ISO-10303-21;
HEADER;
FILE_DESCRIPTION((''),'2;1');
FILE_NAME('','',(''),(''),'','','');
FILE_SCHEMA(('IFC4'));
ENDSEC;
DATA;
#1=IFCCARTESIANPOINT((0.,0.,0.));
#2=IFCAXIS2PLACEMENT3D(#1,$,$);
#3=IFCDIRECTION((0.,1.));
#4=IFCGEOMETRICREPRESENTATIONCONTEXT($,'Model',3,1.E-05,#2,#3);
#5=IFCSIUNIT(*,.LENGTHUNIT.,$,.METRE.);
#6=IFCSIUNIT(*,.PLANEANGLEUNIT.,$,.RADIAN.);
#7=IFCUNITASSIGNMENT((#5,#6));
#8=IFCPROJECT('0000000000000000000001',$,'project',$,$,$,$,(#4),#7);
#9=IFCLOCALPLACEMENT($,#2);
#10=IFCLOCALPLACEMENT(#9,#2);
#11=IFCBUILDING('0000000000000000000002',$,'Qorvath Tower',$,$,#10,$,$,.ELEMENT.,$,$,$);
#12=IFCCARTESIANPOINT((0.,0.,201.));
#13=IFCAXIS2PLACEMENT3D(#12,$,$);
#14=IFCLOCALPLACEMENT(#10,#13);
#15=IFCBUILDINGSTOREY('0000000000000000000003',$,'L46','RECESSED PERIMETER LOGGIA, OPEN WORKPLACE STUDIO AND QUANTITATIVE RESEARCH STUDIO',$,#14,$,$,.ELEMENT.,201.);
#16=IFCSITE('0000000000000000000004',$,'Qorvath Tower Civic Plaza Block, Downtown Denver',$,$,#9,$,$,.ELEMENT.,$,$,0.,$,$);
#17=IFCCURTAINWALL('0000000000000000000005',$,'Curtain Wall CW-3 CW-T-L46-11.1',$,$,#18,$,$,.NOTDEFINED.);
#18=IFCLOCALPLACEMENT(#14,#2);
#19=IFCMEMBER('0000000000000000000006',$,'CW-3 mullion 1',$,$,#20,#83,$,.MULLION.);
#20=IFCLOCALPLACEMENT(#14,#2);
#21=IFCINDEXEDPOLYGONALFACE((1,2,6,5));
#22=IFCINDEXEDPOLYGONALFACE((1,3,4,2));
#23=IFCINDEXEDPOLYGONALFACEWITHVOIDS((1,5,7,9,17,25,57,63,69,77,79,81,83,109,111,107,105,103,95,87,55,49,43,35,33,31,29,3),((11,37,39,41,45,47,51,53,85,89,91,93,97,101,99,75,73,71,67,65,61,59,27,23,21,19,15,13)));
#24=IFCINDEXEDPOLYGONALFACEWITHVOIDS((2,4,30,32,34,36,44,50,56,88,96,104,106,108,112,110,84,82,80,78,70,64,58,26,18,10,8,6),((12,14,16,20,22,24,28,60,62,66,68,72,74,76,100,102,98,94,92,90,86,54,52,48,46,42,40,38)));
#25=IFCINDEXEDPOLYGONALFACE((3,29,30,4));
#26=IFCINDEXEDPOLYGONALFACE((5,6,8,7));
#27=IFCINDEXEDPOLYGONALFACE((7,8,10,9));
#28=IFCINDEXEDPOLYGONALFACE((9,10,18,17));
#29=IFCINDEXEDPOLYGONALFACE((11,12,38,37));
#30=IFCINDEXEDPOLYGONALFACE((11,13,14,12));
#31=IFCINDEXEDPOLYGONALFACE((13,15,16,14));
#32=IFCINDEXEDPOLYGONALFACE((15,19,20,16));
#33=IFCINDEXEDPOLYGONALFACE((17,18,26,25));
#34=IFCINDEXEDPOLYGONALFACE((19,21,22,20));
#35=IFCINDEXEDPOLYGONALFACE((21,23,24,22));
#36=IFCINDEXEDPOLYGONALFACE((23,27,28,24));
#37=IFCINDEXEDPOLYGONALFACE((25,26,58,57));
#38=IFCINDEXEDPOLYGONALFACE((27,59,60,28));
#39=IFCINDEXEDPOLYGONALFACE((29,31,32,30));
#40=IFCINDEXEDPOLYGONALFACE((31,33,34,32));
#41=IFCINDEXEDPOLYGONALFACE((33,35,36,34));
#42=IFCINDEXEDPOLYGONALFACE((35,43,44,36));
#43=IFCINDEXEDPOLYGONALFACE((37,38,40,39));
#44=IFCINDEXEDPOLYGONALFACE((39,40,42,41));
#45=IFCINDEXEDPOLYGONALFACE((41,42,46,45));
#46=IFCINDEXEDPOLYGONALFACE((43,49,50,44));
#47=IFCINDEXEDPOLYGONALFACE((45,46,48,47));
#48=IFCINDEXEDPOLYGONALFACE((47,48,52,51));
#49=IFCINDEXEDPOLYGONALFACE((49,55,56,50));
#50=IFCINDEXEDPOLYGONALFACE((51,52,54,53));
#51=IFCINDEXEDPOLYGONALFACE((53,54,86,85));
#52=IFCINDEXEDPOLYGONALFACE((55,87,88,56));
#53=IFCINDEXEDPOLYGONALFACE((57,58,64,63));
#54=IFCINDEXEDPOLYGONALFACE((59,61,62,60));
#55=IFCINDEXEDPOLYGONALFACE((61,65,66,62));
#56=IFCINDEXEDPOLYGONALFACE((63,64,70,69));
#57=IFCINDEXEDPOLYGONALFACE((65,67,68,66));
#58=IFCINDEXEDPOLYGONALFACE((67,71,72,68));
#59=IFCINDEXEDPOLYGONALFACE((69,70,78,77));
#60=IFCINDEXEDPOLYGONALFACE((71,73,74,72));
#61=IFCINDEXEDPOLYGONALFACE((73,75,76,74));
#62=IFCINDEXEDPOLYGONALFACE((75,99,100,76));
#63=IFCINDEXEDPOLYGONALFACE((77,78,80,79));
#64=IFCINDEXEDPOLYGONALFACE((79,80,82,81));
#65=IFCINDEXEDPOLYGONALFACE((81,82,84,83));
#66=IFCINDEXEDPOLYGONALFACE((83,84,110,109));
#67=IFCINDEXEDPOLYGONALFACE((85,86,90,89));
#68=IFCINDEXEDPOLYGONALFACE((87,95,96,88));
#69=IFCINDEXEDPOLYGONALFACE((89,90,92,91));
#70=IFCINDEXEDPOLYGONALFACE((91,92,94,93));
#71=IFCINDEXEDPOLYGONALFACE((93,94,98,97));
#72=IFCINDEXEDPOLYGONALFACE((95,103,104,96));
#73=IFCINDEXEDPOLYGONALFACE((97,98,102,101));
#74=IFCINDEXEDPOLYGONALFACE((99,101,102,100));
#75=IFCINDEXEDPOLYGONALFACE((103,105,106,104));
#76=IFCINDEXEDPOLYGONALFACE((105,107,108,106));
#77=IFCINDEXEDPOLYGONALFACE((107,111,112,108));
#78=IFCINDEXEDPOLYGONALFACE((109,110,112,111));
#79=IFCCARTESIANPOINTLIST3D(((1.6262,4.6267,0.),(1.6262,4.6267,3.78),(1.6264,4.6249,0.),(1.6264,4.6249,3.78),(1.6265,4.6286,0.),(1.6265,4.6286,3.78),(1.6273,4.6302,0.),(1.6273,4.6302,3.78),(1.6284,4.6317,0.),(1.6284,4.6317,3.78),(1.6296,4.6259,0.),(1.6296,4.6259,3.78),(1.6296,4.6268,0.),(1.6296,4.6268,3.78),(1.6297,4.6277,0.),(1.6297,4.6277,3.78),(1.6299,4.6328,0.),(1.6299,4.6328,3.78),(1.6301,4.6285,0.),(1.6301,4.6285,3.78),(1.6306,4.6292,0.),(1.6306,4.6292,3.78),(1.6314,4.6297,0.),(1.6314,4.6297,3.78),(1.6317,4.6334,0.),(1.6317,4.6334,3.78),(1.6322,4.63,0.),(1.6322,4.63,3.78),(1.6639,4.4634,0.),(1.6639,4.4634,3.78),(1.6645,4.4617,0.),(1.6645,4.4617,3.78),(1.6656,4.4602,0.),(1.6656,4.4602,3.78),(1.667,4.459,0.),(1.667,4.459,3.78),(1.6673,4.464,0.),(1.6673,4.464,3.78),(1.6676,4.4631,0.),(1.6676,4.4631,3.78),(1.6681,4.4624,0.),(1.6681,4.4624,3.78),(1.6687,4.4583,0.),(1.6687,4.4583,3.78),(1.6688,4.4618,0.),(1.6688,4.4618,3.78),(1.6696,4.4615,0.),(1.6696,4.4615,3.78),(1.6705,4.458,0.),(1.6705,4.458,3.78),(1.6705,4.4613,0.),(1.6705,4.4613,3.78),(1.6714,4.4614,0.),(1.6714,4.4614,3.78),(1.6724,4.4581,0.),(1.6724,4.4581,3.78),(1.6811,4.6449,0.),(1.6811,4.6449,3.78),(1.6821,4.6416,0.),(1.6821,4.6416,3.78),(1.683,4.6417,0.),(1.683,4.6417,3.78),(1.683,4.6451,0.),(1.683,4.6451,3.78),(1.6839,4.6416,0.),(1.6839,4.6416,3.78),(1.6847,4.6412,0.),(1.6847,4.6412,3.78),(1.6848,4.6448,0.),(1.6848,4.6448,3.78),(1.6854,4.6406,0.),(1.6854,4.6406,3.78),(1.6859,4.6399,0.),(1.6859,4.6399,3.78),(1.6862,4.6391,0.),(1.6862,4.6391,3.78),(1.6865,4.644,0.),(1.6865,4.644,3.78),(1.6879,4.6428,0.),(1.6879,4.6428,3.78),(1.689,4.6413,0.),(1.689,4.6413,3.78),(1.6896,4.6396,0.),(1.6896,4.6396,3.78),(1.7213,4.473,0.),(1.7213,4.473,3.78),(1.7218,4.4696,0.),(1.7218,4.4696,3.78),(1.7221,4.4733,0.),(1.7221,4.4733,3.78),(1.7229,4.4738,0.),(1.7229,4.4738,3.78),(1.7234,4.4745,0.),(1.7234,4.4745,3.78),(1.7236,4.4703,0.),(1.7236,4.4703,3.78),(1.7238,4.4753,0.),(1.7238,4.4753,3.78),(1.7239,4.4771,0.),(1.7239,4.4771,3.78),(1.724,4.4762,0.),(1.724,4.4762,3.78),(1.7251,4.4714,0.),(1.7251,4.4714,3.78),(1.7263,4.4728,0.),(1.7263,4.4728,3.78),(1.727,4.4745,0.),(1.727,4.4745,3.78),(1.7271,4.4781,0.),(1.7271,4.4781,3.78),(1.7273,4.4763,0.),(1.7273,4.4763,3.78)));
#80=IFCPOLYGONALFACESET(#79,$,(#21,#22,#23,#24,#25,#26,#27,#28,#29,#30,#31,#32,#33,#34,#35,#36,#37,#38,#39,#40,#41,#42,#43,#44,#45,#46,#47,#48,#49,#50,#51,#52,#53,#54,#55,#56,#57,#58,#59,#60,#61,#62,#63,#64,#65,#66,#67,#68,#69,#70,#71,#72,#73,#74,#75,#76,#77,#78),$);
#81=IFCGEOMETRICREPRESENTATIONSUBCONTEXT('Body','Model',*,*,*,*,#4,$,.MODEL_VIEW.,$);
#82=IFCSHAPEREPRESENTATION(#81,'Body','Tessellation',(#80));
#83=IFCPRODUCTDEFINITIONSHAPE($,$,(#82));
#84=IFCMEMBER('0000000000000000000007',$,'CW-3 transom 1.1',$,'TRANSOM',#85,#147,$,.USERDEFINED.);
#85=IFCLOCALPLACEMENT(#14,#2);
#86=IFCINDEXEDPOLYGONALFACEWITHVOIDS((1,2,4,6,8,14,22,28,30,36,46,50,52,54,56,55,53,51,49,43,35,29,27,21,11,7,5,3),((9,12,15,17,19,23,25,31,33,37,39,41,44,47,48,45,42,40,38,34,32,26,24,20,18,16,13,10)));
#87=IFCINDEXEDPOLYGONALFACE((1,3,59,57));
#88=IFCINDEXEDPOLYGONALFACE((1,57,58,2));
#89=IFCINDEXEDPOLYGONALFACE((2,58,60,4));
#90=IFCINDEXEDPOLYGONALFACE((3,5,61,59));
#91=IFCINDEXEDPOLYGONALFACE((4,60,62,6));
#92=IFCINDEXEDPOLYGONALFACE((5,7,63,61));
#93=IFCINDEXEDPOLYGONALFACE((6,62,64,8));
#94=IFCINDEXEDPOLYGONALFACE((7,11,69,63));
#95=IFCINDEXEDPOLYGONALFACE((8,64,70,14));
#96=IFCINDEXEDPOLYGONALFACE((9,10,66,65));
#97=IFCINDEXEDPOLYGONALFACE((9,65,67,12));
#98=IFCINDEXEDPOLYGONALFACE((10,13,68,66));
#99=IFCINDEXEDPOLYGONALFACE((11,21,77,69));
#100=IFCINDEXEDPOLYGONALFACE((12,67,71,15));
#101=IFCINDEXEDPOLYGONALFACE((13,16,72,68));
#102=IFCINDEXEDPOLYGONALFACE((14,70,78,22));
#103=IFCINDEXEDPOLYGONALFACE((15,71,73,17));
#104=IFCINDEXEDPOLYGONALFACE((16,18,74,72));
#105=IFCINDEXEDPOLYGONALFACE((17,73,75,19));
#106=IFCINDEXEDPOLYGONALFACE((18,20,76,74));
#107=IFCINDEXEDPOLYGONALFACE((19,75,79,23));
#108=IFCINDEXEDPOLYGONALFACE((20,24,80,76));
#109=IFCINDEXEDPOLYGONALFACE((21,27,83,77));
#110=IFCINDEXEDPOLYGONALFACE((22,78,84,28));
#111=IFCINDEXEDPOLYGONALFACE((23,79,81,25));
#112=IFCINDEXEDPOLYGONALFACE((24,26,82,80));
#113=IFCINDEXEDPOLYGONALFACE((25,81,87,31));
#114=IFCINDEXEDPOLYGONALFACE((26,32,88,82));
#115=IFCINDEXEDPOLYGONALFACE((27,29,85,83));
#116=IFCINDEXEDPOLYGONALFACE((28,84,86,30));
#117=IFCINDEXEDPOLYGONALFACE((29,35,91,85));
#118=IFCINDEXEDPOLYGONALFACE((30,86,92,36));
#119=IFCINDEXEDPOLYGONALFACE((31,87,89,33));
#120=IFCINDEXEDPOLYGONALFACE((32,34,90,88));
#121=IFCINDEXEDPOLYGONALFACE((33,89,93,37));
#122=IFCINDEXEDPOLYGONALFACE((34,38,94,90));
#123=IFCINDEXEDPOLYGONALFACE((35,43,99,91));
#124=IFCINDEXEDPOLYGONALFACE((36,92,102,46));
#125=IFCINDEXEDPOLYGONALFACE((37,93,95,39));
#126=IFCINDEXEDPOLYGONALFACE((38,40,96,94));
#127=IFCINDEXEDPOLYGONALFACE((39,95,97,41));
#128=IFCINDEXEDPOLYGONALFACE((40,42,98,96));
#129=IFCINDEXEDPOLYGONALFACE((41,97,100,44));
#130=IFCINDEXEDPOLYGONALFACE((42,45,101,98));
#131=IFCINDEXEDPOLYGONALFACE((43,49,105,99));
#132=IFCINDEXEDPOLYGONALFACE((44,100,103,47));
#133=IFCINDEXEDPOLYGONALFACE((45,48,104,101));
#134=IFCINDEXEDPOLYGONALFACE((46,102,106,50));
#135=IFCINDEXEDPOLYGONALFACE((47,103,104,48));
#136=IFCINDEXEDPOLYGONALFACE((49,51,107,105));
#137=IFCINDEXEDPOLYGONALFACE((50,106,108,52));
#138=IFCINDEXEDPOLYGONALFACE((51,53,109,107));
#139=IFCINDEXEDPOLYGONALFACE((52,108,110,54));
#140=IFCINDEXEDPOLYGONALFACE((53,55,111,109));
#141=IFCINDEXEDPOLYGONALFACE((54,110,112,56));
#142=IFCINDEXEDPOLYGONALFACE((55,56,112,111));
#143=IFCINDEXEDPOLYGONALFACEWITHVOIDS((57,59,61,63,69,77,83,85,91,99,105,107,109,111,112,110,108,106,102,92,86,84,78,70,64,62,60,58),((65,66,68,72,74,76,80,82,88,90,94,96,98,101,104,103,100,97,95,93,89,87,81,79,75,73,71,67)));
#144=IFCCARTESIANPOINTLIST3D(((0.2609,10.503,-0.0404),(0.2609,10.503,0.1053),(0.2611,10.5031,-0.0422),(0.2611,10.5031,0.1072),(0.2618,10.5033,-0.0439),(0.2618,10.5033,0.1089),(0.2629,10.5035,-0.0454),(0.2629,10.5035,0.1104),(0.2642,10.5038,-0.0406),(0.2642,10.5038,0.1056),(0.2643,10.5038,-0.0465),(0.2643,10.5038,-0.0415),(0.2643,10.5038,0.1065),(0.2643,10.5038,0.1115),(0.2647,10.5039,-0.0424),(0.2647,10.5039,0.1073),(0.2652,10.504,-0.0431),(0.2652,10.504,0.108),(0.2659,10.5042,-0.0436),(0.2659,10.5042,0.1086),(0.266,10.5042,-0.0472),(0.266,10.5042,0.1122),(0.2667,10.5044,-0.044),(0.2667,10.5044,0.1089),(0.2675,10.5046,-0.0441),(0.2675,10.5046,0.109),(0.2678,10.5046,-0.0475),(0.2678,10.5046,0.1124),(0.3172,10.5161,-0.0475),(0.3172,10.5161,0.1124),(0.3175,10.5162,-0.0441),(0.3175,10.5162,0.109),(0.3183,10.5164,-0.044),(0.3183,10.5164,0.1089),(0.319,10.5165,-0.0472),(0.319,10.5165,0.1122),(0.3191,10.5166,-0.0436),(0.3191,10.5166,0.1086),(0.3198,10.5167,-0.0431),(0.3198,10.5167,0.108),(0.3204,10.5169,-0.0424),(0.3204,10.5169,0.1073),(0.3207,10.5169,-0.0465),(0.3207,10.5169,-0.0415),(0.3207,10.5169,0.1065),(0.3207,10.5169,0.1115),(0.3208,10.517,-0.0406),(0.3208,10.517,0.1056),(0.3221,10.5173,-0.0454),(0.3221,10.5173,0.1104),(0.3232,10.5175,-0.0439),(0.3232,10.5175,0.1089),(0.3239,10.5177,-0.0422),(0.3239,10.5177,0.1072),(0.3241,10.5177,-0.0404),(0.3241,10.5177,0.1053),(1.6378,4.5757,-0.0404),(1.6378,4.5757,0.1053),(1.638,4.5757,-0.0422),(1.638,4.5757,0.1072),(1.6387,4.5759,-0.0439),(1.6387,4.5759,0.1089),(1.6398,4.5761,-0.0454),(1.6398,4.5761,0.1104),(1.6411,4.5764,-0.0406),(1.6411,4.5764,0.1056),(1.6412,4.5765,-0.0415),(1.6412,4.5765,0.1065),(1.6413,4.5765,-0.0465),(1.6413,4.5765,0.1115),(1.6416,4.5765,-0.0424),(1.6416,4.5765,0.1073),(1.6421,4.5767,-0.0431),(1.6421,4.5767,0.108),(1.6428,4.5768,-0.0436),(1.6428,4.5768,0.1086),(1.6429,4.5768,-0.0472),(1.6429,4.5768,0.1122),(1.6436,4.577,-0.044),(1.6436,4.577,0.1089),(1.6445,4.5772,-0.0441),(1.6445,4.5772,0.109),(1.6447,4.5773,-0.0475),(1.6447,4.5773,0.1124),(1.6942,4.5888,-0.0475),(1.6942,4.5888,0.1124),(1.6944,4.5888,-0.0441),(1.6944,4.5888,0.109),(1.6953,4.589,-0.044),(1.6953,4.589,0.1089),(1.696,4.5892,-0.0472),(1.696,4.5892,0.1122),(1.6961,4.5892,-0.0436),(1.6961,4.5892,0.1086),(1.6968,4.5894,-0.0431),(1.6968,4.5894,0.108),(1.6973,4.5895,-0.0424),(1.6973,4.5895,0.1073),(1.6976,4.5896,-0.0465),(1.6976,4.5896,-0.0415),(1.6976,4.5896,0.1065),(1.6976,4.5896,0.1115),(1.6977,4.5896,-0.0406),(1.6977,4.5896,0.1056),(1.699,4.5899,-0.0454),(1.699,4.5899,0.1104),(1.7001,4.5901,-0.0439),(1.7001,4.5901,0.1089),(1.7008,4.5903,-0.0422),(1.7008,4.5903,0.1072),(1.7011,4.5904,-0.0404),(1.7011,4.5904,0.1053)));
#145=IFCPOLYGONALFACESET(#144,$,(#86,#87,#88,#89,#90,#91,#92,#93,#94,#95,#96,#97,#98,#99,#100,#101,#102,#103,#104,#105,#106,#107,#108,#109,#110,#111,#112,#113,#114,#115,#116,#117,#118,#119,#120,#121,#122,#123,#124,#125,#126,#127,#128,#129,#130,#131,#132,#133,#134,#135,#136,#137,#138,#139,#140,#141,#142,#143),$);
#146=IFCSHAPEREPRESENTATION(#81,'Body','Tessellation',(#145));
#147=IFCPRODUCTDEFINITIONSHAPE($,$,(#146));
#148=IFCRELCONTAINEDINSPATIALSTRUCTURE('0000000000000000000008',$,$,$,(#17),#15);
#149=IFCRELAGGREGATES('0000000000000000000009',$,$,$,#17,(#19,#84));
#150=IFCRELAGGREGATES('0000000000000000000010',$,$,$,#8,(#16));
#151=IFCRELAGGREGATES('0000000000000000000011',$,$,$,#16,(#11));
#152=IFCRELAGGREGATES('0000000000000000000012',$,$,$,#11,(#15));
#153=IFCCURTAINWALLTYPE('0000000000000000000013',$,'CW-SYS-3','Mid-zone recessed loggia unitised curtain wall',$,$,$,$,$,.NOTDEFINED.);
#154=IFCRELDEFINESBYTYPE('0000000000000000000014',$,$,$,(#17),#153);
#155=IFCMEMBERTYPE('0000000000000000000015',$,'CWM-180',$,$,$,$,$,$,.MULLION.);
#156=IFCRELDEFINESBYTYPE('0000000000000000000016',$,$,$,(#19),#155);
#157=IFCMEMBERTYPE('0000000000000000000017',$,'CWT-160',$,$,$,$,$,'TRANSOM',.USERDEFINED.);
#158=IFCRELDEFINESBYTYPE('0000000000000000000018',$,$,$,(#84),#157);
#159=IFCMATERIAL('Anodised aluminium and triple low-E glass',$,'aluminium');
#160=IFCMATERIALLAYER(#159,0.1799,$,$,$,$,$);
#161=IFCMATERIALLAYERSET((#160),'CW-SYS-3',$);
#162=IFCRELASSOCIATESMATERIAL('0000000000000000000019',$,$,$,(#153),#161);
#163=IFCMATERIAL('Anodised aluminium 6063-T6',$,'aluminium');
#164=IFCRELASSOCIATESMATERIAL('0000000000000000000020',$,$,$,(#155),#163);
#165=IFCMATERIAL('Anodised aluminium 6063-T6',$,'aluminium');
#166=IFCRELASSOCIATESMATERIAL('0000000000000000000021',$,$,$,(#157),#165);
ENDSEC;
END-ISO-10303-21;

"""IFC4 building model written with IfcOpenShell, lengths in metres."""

from ifc_helpers import new_model, si_unit, direction, frame, origin, origin_2d, place, context, subcontext, project, spatial, hollow_rectangle, extrude, material, layer, layer_set, material_profile, profile_set, type_object, element, aggregate, save


model = new_model("IFC4")

# Units and contexts
model_context = context("Model", 3, precision=1e-05, world=origin(), true_north=direction((0.0, 1.0)))
body_context = subcontext(model_context, "Body", "Model", "MODEL_VIEW")
ifc_project = project(units=[si_unit("LENGTHUNIT", "METRE"), si_unit("PLANEANGLEUNIT", "RADIAN")], contexts=[model_context])

# Site, building, storey
site_placement = place(None, origin())
site = spatial("IfcSite", under=ifc_project, at=site_placement, Name="Qorvath Tower Civic Plaza Block, Downtown Denver", CompositionType="ELEMENT", RefElevation=0.0)
building_placement = place(site_placement, origin())
building = spatial("IfcBuilding", under=site, at=building_placement, Name="Qorvath Tower", CompositionType="ELEMENT")
storey_placement = place(building_placement, frame((0.0, 0.0, 201.0)))
storey = spatial("IfcBuildingStorey", under=building, at=storey_placement, Name="L46", Description="RECESSED PERIMETER LOGGIA, OPEN WORKPLACE STUDIO AND QUANTITATIVE RESEARCH STUDIO", CompositionType="ELEMENT", Elevation=201.0)

# Curtain wall, members
ifc_material_1 = material(Name="Anodised aluminium and triple low-E glass", Category="aluminium")
ifc_layer_1 = layer(ifc_material_1, 0.1799)
ifc_layer_set_1 = layer_set([ifc_layer_1], Name="CW-SYS-3")
curtain_wall_type = type_object("IfcCurtainWallType", Name="CW-SYS-3", Description="Mid-zone recessed loggia unitised curtain wall", PredefinedType="NOTDEFINED", material=ifc_layer_set_1)
curtain_wall_placement = place(storey_placement, origin())
curtain_wall = element("IfcCurtainWall", 1, at=curtain_wall_placement, inside=storey, type_object=curtain_wall_type, Name="Curtain Wall CW-3 CW-T-L46-11.1", PredefinedType="NOTDEFINED")
ifc_material_2 = material(Name="Anodised aluminium 6063-T6", Category="aluminium")
ifc_material_profile_1 = material_profile(ifc_material_2, hollow_rectangle(XDim=0.0649, YDim=0.1799, WallThickness=0.0034, InnerFilletRadius=0.0034, OuterFilletRadius=0.0071, at=origin_2d()), Name="CWM 180x65")
ifc_profile_set_1 = profile_set([ifc_material_profile_1], Name="Anodised aluminium 6063-T6")
member_type_1 = type_object("IfcMemberType", Name="CWM-180", PredefinedType="MULLION", material=ifc_profile_set_1)
member_1_placement = place(storey_placement, frame((1.6768, 4.5515, 0.0), z_axis=(0.0, 0.0, 1.0), x_axis=(-0.974064, -0.226272, 0.0)))
member_1 = element("IfcMember", 2, at=member_1_placement, type_object=member_type_1, Name="CW-3 mullion 1", PredefinedType="MULLION", context=body_context, shape_type="SweptSolid", body=[
    extrude(hollow_rectangle(XDim=0.0649, YDim=0.1799, WallThickness=0.0034, InnerFilletRadius=0.0034, OuterFilletRadius=0.0071, at=origin_2d()), origin(), (0.0, 0.0, 1.0), 3.78),
])
ifc_material_3 = material(Name="Anodised aluminium 6063-T6", Category="aluminium")
ifc_material_profile_2 = material_profile(ifc_material_3, hollow_rectangle(XDim=0.0649, YDim=0.1599, WallThickness=0.0034, InnerFilletRadius=0.0034, OuterFilletRadius=0.0071, at=origin_2d()), Name="CWT 160x65")
ifc_profile_set_2 = profile_set([ifc_material_profile_2], Name="Anodised aluminium 6063-T6")
member_type_2 = type_object("IfcMemberType", Name="CWT-160", ElementType="TRANSOM", PredefinedType="USERDEFINED", material=ifc_profile_set_2)
member_2_placement = place(storey_placement, frame((1.6694, 4.583, 0.0325), z_axis=(-0.226274, 0.974064, 0.0), x_axis=(-0.974064, -0.226274, 0.0)))
member_2 = element("IfcMember", 3, at=member_2_placement, type_object=member_type_2, Name="CW-3 transom 1.1", ObjectType="TRANSOM", PredefinedType="USERDEFINED", context=body_context, shape_type="SweptSolid", body=[
    extrude(hollow_rectangle(XDim=0.0649, YDim=0.1599, WallThickness=0.0034, InnerFilletRadius=0.0034, OuterFilletRadius=0.0071, at=origin_2d()), origin(), (0.0, 0.0, 1.0), 6.0852),
])
aggregate(curtain_wall, [member_1, member_2])

save(model, "model.ifc")
